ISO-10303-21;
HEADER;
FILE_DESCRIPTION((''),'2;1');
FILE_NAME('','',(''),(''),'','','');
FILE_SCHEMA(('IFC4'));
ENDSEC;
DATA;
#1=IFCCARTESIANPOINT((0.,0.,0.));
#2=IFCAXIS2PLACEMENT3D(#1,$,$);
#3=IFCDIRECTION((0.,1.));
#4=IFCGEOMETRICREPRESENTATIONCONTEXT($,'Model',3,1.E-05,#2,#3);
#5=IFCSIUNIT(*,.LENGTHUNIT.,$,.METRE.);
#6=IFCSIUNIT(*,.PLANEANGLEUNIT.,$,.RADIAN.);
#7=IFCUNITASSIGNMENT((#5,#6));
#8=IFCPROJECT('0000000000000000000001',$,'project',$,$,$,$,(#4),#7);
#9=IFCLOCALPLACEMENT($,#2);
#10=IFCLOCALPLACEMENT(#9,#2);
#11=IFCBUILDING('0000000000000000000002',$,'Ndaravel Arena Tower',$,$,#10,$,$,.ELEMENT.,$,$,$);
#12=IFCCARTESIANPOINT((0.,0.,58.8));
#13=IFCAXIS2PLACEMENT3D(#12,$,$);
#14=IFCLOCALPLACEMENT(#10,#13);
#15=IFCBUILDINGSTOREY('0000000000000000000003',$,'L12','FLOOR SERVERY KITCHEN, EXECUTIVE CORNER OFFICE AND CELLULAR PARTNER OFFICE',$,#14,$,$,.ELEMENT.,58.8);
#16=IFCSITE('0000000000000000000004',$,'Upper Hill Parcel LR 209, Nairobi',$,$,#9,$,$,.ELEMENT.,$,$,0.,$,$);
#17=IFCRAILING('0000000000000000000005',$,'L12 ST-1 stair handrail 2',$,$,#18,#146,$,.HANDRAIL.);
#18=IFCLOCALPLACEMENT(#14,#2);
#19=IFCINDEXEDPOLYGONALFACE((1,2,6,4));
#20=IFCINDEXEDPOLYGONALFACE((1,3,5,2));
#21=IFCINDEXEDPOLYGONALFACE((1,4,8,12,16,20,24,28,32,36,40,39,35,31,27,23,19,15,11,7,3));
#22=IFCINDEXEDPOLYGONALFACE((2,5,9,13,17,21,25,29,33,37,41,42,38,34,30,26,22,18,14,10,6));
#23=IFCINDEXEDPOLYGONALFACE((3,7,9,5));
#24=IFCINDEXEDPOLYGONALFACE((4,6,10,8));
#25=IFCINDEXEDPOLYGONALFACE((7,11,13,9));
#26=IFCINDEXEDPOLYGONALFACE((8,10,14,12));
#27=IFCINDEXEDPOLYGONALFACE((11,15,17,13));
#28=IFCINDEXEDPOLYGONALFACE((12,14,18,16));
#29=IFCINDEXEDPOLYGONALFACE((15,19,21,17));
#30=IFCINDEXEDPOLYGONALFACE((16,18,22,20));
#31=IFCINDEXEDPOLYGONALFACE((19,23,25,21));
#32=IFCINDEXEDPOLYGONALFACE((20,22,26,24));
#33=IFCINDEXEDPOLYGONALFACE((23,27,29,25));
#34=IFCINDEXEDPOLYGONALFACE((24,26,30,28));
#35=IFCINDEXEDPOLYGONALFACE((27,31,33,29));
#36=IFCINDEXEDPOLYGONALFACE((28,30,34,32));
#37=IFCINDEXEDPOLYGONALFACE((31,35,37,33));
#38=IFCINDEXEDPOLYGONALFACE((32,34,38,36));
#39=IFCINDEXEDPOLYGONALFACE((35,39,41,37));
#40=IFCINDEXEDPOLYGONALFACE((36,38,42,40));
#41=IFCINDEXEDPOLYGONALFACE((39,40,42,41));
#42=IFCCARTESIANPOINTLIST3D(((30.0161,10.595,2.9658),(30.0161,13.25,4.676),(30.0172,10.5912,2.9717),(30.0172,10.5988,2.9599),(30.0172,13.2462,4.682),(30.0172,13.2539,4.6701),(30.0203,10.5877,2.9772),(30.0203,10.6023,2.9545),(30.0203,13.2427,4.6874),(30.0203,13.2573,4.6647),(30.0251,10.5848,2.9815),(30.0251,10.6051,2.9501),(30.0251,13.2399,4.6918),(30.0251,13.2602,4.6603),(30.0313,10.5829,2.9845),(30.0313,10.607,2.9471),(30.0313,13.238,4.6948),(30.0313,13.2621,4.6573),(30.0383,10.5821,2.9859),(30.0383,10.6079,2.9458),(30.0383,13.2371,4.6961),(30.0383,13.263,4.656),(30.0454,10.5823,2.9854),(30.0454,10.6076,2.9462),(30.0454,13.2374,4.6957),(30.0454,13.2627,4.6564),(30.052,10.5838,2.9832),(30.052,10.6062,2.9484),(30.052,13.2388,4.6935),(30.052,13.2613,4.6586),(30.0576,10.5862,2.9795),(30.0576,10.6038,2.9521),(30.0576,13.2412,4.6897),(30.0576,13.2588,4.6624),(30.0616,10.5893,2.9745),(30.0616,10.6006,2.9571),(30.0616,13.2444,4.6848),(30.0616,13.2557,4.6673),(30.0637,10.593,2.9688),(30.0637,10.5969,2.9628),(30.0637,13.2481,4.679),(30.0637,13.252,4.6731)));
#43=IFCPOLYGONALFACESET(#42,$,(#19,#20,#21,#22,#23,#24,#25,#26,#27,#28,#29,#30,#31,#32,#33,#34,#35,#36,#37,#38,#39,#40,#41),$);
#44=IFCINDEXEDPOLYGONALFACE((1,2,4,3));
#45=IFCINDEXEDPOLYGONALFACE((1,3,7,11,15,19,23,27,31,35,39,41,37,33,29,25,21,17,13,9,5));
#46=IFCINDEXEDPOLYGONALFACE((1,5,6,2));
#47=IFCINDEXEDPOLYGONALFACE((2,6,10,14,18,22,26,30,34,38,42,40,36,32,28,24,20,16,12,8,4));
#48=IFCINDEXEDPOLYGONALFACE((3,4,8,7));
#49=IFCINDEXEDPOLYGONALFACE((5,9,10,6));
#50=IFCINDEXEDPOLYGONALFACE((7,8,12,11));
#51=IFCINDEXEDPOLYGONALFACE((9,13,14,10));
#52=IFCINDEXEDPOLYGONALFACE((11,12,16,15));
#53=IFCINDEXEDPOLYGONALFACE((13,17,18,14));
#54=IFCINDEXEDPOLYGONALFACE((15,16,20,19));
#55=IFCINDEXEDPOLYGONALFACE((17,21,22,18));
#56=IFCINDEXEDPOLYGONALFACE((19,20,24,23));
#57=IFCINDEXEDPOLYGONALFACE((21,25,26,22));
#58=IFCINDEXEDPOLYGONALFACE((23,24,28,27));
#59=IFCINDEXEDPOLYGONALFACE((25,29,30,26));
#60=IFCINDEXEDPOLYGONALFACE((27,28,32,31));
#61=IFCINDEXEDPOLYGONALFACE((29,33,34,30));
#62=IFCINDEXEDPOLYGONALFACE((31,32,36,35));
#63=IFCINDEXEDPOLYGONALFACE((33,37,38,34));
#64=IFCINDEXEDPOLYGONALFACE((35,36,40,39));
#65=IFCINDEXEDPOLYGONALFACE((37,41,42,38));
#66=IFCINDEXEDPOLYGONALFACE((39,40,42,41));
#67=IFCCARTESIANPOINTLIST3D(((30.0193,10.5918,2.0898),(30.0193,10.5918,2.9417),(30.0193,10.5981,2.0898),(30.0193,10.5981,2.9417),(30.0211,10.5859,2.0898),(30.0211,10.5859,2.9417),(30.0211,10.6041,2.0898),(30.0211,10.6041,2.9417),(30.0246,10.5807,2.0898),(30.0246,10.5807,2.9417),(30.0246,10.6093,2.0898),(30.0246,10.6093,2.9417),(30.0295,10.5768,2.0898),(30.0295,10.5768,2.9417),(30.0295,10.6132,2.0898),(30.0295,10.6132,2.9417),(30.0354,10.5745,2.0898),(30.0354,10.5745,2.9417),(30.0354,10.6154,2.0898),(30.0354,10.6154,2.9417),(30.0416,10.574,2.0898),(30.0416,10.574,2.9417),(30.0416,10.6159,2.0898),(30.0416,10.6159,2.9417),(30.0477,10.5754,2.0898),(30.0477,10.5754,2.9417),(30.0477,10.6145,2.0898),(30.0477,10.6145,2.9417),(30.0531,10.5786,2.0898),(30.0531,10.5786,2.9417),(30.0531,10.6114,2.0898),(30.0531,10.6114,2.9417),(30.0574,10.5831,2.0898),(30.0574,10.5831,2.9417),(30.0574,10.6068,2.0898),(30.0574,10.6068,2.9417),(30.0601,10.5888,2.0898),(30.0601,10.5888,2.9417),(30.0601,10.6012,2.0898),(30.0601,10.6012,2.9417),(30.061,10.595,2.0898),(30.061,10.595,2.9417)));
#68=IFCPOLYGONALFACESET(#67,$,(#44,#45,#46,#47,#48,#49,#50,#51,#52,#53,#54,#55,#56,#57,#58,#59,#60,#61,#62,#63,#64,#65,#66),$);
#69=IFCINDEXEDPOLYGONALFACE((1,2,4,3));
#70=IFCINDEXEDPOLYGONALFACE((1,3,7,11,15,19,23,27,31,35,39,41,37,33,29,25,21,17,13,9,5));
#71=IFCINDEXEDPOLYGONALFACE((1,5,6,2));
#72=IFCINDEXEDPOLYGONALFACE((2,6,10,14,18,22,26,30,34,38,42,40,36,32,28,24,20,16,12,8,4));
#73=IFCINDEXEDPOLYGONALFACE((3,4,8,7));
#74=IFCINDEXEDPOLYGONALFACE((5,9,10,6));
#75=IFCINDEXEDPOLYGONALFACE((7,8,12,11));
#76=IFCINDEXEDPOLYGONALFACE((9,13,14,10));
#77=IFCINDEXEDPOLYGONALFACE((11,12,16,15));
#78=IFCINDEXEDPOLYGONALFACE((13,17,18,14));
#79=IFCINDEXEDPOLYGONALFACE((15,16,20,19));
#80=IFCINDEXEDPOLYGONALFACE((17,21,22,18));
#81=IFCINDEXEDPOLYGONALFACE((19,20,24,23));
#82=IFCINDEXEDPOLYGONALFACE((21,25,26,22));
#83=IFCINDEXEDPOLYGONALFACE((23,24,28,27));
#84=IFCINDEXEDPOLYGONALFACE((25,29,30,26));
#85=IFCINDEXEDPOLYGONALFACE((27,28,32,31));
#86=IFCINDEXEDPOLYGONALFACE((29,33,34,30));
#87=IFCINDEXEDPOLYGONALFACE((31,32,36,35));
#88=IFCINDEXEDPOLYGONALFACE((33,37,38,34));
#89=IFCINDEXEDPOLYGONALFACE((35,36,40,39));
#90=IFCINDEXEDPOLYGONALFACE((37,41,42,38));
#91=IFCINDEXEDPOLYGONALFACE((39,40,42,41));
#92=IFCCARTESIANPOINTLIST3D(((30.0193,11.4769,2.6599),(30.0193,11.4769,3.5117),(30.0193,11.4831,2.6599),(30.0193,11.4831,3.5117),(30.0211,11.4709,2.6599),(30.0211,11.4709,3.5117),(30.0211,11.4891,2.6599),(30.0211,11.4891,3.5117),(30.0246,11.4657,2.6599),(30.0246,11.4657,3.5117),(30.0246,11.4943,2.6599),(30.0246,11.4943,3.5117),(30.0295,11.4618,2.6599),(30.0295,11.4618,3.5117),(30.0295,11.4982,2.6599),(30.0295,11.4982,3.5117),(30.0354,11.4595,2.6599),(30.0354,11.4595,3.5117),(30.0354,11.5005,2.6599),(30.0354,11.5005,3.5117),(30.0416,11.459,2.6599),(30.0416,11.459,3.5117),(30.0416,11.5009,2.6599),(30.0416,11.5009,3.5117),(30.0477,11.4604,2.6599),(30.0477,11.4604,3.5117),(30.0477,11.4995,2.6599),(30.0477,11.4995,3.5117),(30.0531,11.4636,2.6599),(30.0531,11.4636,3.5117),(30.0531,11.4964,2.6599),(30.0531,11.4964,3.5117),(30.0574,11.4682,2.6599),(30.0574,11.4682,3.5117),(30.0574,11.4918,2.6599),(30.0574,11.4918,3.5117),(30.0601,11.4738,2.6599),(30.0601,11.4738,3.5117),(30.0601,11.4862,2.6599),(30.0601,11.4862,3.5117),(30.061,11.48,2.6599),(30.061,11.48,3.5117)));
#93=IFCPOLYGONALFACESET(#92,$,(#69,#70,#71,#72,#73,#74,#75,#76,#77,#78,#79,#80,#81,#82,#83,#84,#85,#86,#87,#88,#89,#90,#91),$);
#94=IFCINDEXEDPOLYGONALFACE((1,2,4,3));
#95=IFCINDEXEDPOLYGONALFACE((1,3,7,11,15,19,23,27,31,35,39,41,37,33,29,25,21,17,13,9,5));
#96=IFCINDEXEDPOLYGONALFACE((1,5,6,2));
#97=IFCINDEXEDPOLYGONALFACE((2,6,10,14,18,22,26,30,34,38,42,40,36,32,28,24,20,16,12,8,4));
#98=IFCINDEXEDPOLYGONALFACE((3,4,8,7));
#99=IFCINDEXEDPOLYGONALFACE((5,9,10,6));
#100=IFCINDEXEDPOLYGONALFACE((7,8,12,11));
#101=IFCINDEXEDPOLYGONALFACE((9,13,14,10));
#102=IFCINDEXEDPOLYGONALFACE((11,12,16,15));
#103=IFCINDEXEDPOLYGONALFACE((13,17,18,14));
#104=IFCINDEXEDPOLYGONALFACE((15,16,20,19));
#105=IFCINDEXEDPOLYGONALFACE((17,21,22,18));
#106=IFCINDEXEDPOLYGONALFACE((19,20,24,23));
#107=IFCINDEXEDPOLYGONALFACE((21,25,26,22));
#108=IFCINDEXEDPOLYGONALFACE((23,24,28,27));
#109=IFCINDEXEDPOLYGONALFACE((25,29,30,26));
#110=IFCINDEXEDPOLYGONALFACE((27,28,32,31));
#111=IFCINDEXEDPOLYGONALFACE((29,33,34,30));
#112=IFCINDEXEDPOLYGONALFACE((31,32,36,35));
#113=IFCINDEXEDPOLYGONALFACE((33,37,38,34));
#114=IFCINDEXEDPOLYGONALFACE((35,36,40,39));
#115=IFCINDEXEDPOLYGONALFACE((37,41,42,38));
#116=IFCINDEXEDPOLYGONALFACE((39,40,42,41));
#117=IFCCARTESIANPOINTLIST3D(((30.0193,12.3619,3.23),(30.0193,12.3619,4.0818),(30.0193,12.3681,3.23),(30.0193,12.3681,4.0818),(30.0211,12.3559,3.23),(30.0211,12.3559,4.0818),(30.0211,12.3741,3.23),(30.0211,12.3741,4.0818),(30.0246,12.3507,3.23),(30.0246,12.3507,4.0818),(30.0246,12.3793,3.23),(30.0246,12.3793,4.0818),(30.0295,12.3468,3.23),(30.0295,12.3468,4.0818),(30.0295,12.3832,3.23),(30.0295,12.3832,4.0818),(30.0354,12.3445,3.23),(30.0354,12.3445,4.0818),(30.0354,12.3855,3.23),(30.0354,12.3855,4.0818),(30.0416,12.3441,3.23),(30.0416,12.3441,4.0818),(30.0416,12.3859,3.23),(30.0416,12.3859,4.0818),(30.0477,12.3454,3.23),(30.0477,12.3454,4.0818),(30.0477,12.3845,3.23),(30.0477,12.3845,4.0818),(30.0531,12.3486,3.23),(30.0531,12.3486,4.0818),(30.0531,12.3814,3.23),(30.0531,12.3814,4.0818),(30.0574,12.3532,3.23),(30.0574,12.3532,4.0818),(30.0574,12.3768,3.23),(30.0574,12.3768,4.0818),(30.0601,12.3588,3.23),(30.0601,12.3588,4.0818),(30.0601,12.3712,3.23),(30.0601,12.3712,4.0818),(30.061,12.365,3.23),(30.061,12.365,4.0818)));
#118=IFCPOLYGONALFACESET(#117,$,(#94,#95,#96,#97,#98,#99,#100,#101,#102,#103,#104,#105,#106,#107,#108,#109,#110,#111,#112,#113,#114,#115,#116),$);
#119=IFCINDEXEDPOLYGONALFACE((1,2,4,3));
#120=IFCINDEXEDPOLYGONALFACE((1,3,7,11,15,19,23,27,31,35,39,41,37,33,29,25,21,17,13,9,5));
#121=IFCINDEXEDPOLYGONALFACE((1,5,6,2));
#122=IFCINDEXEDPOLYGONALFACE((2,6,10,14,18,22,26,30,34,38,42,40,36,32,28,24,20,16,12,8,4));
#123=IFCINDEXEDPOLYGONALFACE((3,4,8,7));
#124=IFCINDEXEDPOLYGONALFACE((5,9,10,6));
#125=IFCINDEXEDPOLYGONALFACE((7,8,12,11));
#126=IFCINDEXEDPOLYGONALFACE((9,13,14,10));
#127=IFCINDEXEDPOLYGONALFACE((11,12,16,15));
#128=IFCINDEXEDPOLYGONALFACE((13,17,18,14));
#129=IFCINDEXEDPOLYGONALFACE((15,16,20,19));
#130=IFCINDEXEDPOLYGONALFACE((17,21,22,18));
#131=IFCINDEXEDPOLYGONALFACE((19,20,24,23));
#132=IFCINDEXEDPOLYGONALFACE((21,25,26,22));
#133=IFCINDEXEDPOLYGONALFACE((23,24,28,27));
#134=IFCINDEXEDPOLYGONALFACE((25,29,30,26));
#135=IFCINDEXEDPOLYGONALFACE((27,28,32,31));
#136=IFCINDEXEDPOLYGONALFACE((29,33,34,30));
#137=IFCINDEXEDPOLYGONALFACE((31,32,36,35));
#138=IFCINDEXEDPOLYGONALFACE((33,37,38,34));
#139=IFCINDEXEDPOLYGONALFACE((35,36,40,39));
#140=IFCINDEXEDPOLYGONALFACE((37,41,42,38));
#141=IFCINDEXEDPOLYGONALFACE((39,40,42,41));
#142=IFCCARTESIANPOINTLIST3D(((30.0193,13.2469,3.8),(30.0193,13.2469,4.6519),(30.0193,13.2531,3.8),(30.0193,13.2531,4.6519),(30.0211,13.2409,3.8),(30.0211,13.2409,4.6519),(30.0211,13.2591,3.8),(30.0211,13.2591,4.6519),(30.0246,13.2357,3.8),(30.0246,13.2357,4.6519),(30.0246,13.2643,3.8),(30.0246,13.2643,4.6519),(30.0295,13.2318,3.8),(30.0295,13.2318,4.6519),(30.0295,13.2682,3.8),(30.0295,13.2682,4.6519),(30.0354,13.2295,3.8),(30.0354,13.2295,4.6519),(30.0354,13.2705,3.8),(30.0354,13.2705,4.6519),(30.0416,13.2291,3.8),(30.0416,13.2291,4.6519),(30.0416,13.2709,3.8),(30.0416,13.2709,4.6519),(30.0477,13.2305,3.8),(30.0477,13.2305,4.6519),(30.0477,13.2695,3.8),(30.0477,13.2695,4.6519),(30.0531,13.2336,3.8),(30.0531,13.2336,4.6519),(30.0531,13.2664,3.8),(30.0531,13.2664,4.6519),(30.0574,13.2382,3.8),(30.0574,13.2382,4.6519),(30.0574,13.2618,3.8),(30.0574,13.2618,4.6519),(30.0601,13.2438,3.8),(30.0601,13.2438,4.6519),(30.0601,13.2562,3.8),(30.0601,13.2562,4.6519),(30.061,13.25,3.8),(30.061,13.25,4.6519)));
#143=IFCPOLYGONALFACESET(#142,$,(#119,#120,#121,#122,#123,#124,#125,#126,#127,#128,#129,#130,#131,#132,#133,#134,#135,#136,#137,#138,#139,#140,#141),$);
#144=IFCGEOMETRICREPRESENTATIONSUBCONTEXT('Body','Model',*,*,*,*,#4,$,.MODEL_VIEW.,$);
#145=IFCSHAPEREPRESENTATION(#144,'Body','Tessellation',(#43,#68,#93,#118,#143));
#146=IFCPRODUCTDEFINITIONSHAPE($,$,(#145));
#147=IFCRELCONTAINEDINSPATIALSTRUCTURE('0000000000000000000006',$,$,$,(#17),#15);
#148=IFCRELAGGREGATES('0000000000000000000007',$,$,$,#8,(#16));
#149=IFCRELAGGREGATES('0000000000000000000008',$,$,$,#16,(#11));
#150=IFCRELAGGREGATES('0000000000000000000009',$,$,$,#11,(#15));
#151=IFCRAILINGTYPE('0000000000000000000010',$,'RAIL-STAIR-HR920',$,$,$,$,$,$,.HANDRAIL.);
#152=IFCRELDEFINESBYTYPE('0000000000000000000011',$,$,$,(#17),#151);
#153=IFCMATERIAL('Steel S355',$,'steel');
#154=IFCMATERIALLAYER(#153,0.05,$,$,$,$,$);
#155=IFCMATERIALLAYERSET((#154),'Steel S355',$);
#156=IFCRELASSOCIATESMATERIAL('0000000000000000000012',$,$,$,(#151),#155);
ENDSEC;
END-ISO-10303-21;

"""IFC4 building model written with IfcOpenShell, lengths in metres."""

from ifc_helpers import new_model, si_unit, direction, frame, origin, origin_2d, place, context, subcontext, project, spatial, circle, extrude, material, layer, layer_set, type_object, element, save


model = new_model("IFC4")

# Units and contexts
model_context = context("Model", 3, precision=1e-05, world=origin(), true_north=direction((0.0, 1.0)))
body_context = subcontext(model_context, "Body", "Model", "MODEL_VIEW")
ifc_project = project(units=[si_unit("LENGTHUNIT", "METRE"), si_unit("PLANEANGLEUNIT", "RADIAN")], contexts=[model_context])

# Site, building, storey
site_placement = place(None, origin())
site = spatial("IfcSite", under=ifc_project, at=site_placement, Name="Upper Hill Parcel LR 209, Nairobi", CompositionType="ELEMENT", RefElevation=0.0)
building_placement = place(site_placement, origin())
building = spatial("IfcBuilding", under=site, at=building_placement, Name="Ndaravel Arena Tower", CompositionType="ELEMENT")
storey_placement = place(building_placement, frame((0.0, 0.0, 58.8)))
storey = spatial("IfcBuildingStorey", under=building, at=storey_placement, Name="L12", Description="FLOOR SERVERY KITCHEN, EXECUTIVE CORNER OFFICE AND CELLULAR PARTNER OFFICE", CompositionType="ELEMENT", Elevation=58.8)

# Railing
ifc_material_1 = material(Name="Steel S355", Category="steel")
ifc_layer_1 = layer(ifc_material_1, 0.05)
ifc_layer_set_1 = layer_set([ifc_layer_1], Name="Steel S355")
railing_type_1 = type_object("IfcRailingType", Name="RAIL-STAIR-HR920", PredefinedType="HANDRAIL", material=ifc_layer_set_1)
railing_1_placement = place(storey_placement, frame((30.04, 10.595, 2.0898)))
element("IfcRailing", 1, at=railing_1_placement, inside=storey, type_object=railing_type_1, Name="L12 ST-1 stair handrail 2", PredefinedType="HANDRAIL", context=body_context, shape_type="SweptSolid", body=[
    extrude(circle(Radius=0.0239, at=origin_2d()), frame((0.0, 0.0, 0.876), z_axis=(0.0, 0.840688, 0.541519), x_axis=(-1.0, 0.0, 0.0)), (0.0, 0.0, 1.0), 3.1582),
    extrude(circle(Radius=0.021, at=origin_2d()), origin(), (0.0, 0.0, 1.0), 0.8518),
    extrude(circle(Radius=0.021, at=origin_2d()), frame((0.0, 0.885, 0.5701)), (0.0, 0.0, 1.0), 0.8518),
    extrude(circle(Radius=0.021, at=origin_2d()), frame((0.0, 1.77, 1.1401)), (0.0, 0.0, 1.0), 0.8518),
    extrude(circle(Radius=0.021, at=origin_2d()), frame((0.0, 2.655, 1.7102)), (0.0, 0.0, 1.0), 0.8518),
])

save(model, "model.ifc")
